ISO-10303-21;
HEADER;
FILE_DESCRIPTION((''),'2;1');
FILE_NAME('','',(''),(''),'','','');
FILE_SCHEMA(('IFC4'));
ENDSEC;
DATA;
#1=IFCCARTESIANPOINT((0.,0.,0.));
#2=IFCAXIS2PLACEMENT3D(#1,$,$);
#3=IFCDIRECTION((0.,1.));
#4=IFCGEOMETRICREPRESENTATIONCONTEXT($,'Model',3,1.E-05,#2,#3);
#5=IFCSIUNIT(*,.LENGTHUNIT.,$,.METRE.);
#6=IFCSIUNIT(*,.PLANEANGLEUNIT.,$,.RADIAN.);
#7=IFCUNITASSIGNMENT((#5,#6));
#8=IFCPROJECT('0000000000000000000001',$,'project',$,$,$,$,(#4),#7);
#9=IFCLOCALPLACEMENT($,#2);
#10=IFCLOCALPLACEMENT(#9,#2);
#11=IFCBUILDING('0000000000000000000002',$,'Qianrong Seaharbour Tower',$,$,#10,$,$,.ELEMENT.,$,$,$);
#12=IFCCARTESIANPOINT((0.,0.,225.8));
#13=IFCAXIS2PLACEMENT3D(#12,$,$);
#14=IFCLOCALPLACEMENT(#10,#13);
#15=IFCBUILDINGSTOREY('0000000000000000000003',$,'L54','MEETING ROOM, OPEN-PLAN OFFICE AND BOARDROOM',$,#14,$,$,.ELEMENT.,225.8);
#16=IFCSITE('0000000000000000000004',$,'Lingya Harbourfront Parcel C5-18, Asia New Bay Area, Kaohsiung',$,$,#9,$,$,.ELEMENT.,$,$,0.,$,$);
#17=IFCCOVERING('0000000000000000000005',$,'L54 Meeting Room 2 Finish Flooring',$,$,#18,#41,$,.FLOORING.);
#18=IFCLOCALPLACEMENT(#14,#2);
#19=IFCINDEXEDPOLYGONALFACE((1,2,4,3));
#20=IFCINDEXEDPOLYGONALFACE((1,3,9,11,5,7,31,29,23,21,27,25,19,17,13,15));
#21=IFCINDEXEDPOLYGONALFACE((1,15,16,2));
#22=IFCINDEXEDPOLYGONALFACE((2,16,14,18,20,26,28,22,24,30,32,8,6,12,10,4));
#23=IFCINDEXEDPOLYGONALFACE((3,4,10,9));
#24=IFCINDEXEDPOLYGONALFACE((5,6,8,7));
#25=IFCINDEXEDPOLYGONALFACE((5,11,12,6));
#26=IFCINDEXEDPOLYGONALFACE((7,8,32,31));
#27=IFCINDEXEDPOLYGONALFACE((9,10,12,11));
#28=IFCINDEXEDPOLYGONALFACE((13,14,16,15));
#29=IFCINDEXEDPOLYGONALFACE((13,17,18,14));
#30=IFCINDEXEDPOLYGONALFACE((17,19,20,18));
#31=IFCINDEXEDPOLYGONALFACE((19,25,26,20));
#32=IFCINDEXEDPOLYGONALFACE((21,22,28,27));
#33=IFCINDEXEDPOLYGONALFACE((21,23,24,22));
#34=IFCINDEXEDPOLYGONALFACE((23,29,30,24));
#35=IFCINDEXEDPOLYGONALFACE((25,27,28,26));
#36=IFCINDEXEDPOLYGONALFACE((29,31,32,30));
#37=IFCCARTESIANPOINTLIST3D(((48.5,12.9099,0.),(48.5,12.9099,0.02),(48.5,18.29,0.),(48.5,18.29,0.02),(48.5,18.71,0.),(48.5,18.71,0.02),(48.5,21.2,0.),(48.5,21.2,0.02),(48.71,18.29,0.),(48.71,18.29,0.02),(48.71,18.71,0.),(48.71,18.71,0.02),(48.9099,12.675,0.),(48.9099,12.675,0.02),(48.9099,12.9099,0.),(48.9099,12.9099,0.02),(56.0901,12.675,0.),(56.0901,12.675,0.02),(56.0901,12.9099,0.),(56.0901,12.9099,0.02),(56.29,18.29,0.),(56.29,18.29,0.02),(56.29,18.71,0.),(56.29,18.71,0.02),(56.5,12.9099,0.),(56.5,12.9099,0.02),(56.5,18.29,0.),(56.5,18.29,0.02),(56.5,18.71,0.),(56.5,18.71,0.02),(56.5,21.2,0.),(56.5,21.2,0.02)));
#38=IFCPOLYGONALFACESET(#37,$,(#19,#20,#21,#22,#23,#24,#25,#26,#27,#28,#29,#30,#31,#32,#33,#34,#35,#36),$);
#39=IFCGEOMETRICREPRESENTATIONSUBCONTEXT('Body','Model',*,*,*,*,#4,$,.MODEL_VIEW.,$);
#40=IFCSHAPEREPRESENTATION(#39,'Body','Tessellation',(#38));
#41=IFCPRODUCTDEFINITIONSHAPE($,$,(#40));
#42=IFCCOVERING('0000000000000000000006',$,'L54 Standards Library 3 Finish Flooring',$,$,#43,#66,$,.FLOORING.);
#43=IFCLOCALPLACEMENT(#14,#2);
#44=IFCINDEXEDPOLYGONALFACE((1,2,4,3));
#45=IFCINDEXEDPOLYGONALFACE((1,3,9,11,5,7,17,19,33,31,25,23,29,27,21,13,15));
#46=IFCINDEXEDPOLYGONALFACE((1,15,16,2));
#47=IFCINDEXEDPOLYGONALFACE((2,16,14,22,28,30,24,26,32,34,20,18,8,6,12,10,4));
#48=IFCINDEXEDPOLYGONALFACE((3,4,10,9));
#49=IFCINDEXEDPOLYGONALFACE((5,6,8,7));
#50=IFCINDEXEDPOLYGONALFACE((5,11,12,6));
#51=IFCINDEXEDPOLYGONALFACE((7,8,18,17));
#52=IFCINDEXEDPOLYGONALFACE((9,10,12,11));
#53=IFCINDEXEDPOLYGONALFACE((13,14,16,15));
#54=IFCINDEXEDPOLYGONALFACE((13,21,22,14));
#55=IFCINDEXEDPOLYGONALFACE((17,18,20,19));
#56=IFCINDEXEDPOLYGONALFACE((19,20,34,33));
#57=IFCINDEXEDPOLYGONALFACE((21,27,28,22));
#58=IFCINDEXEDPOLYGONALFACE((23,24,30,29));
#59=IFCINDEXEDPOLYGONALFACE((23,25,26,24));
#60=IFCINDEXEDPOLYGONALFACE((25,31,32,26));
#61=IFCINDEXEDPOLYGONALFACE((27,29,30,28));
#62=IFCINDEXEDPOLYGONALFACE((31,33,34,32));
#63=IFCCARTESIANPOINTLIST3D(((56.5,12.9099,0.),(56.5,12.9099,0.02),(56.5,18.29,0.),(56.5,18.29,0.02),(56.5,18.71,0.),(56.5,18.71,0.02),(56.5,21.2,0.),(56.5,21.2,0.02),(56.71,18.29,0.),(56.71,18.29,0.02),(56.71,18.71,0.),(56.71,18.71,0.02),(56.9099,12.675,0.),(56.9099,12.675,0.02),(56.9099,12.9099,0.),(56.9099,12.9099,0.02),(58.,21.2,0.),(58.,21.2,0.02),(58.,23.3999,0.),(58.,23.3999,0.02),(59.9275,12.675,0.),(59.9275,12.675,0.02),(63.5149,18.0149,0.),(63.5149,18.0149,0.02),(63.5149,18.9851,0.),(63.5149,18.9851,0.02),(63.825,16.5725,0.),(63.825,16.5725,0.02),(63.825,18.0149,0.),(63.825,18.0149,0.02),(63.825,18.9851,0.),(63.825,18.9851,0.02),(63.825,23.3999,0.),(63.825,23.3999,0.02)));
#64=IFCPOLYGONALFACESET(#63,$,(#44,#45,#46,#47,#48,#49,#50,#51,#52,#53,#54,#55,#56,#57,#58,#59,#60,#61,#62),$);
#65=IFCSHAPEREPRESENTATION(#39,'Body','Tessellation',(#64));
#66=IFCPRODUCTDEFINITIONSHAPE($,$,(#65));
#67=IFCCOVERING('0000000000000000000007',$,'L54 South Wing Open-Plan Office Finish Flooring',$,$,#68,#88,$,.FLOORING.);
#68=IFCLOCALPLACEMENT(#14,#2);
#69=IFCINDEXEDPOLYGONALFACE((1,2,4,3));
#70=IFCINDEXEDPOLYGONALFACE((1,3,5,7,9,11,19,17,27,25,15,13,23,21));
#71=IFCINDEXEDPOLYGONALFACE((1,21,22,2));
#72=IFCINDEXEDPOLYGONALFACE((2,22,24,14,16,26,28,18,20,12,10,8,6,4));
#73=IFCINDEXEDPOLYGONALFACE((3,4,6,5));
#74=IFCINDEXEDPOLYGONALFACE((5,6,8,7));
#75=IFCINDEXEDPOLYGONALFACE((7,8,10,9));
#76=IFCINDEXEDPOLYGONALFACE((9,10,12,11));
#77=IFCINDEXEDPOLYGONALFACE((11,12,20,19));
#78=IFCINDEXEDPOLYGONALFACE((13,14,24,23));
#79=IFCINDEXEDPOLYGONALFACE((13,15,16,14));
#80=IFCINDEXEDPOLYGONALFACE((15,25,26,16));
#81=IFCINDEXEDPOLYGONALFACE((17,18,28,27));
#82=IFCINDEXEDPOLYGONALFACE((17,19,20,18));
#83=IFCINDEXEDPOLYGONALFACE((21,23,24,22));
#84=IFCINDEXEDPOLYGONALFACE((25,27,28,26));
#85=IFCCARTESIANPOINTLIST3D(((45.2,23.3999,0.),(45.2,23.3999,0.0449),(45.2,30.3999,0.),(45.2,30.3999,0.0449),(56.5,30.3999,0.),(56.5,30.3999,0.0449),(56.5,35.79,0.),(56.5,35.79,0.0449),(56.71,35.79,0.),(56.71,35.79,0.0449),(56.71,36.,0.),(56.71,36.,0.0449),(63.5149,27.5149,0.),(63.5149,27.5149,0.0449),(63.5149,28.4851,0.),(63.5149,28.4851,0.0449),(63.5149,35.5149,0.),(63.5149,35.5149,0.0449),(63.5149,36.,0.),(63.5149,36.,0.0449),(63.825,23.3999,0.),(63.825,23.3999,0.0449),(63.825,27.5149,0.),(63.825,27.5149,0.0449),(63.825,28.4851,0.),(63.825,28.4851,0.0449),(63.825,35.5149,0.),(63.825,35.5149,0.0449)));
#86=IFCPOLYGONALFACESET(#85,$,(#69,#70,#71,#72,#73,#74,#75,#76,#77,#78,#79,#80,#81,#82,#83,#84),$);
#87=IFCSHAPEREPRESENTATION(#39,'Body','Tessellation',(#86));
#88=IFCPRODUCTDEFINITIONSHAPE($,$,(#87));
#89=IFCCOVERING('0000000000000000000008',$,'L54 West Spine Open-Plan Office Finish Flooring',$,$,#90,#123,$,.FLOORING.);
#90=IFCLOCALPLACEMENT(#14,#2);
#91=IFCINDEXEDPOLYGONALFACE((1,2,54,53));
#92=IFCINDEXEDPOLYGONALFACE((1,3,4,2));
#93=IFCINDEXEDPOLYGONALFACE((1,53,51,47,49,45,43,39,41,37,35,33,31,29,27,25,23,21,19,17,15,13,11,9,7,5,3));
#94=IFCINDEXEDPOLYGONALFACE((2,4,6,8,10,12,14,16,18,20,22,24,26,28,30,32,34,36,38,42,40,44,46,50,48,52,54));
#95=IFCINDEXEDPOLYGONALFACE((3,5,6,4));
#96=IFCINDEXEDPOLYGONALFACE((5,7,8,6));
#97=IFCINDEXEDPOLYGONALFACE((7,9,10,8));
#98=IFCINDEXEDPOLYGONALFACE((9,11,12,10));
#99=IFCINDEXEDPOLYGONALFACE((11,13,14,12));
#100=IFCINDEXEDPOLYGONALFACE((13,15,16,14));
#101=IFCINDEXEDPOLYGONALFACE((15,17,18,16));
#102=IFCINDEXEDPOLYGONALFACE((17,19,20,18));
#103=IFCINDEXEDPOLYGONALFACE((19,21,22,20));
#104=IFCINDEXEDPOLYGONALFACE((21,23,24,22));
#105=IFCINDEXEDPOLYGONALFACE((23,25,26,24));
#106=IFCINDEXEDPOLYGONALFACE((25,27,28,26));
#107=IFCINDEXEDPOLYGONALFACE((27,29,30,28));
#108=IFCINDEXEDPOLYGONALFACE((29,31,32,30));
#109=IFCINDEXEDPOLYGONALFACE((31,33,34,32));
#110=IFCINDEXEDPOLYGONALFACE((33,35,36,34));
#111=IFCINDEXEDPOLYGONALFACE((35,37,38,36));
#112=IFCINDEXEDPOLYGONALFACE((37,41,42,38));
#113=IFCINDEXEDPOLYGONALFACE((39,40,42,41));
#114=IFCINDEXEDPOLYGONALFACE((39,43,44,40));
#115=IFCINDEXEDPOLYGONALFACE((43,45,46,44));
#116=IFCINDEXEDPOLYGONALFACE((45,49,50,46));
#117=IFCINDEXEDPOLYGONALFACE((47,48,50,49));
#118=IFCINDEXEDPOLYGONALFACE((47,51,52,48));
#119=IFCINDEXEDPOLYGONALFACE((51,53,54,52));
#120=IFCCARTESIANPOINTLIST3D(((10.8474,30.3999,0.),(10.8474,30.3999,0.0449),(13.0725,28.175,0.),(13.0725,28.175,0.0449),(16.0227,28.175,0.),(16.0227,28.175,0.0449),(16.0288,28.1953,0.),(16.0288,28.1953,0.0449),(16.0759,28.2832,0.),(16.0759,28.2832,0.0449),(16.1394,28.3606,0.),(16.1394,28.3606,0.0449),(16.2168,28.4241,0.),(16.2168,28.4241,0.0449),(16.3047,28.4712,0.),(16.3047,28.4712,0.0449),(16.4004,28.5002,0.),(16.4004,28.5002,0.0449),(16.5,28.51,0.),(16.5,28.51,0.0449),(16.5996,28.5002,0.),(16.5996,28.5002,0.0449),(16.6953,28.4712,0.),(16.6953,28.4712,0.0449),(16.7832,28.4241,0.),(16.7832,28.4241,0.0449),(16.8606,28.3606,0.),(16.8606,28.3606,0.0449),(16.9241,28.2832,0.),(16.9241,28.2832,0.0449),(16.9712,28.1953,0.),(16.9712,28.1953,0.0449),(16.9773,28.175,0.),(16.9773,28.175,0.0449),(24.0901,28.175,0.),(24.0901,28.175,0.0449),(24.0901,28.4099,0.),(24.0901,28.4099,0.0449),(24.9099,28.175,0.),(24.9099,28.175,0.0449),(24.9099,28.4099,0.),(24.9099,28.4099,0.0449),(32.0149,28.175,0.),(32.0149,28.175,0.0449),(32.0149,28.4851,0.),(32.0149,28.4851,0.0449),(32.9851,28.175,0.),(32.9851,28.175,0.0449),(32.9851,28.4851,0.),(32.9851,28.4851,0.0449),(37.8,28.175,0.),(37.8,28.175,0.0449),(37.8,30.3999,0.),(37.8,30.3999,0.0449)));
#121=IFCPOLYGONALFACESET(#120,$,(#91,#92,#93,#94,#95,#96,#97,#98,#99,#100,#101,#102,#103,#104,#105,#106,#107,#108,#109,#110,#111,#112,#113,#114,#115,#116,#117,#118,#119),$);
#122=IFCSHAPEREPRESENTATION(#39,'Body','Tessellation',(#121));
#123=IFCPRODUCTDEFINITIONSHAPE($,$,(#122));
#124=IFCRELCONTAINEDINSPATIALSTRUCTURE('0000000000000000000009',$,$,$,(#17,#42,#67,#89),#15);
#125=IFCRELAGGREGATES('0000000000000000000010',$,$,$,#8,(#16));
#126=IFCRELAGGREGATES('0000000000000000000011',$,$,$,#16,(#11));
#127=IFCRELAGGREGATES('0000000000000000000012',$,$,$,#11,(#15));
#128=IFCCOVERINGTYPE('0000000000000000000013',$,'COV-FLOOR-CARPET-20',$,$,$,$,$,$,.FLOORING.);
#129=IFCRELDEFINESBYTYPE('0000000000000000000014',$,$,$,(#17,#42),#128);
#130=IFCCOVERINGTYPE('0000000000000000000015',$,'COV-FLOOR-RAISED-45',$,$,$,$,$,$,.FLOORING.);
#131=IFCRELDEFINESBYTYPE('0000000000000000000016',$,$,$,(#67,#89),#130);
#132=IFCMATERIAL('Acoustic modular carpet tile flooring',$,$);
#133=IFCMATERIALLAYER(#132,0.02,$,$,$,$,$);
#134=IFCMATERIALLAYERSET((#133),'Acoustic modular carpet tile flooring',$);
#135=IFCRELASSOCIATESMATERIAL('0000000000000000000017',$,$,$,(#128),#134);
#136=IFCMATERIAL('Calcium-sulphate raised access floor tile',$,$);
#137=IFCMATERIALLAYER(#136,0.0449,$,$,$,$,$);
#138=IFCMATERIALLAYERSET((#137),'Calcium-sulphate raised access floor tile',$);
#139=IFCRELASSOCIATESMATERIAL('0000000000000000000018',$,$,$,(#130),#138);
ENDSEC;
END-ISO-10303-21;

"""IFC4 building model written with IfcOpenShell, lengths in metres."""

from ifc_helpers import new_model, si_unit, direction, frame, origin, place, context, subcontext, project, spatial, polyline, outline, extrude, material, layer, layer_set, type_object, element, save


model = new_model("IFC4")

# Units and contexts
model_context = context("Model", 3, precision=1e-05, world=origin(), true_north=direction((0.0, 1.0)))
body_context = subcontext(model_context, "Body", "Model", "MODEL_VIEW")
ifc_project = project(units=[si_unit("LENGTHUNIT", "METRE"), si_unit("PLANEANGLEUNIT", "RADIAN")], contexts=[model_context])

# Site, building, storey
site_placement = place(None, origin())
site = spatial("IfcSite", under=ifc_project, at=site_placement, Name="Lingya Harbourfront Parcel C5-18, Asia New Bay Area, Kaohsiung", CompositionType="ELEMENT", RefElevation=0.0)
building_placement = place(site_placement, origin())
building = spatial("IfcBuilding", under=site, at=building_placement, Name="Qianrong Seaharbour Tower", CompositionType="ELEMENT")
storey_placement = place(building_placement, frame((0.0, 0.0, 225.8)))
storey = spatial("IfcBuildingStorey", under=building, at=storey_placement, Name="L54", Description="MEETING ROOM, OPEN-PLAN OFFICE AND BOARDROOM", CompositionType="ELEMENT", Elevation=225.8)

# Coverings
ifc_material_1 = material(Name="Acoustic modular carpet tile flooring")
ifc_layer_1 = layer(ifc_material_1, 0.02)
ifc_layer_set_1 = layer_set([ifc_layer_1], Name="Acoustic modular carpet tile flooring")
covering_type_1 = type_object("IfcCoveringType", Name="COV-FLOOR-CARPET-20", PredefinedType="FLOORING", material=ifc_layer_set_1)
covering_1_placement = place(storey_placement, origin())
element("IfcCovering", 1, at=covering_1_placement, inside=storey, type_object=covering_type_1, Name="L54 Meeting Room 2 Finish Flooring", PredefinedType="FLOORING", context=body_context, shape_type="SweptSolid", body=[
    extrude(outline(polyline([(48.9099, 12.675), (48.9099, 12.9099), (48.5, 12.9099), (48.5, 18.29), (48.71, 18.29), (48.71, 18.71), (48.5, 18.71), (48.5, 21.2), (56.5, 21.2), (56.5, 18.71), (56.29, 18.71), (56.29, 18.29), (56.5, 18.29), (56.5, 12.9099), (56.0901, 12.9099), (56.0901, 12.675), (48.9099, 12.675)])), origin(), (0.0, 0.0, 1.0), 0.02),
])
covering_2_placement = place(storey_placement, origin())
element("IfcCovering", 2, at=covering_2_placement, inside=storey, type_object=covering_type_1, Name="L54 Standards Library 3 Finish Flooring", PredefinedType="FLOORING", context=body_context, shape_type="SweptSolid", body=[
    extrude(outline(polyline([(59.9275, 12.675), (56.9099, 12.675), (56.9099, 12.9099), (56.5, 12.9099), (56.5, 18.29), (56.71, 18.29), (56.71, 18.71), (56.5, 18.71), (56.5, 21.2), (58.0, 21.2), (58.0, 23.3999), (63.825, 23.3999), (63.825, 18.9851), (63.5149, 18.9851), (63.5149, 18.0149), (63.825, 18.0149), (63.825, 16.5725), (59.9275, 12.675)])), origin(), (0.0, 0.0, 1.0), 0.02),
])
ifc_material_2 = material(Name="Calcium-sulphate raised access floor tile")
ifc_layer_2 = layer(ifc_material_2, 0.0449)
ifc_layer_set_2 = layer_set([ifc_layer_2], Name="Calcium-sulphate raised access floor tile")
covering_type_2 = type_object("IfcCoveringType", Name="COV-FLOOR-RAISED-45", PredefinedType="FLOORING", material=ifc_layer_set_2)
covering_3_placement = place(storey_placement, origin())
element("IfcCovering", 3, at=covering_3_placement, inside=storey, type_object=covering_type_2, Name="L54 South Wing Open-Plan Office Finish Flooring", PredefinedType="FLOORING", context=body_context, shape_type="SweptSolid", body=[
    extrude(outline(polyline([(56.5, 30.3999), (56.5, 35.79), (56.71, 35.79), (56.71, 36.0), (63.5149, 36.0), (63.5149, 35.5149), (63.825, 35.5149), (63.825, 28.4851), (63.5149, 28.4851), (63.5149, 27.5149), (63.825, 27.5149), (63.825, 23.3999), (45.2, 23.3999), (45.2, 30.3999), (56.5, 30.3999)])), origin(), (0.0, 0.0, 1.0), 0.0449),
])
covering_4_placement = place(storey_placement, origin())
element("IfcCovering", 4, at=covering_4_placement, inside=storey, type_object=covering_type_2, Name="L54 West Spine Open-Plan Office Finish Flooring", PredefinedType="FLOORING", context=body_context, shape_type="SweptSolid", body=[
    extrude(outline(polyline([(32.9851, 28.175), (32.9851, 28.4851), (32.0149, 28.4851), (32.0149, 28.175), (24.9099, 28.175), (24.9099, 28.4099), (24.0901, 28.4099), (24.0901, 28.175), (16.9773, 28.175), (16.9712, 28.1953), (16.9241, 28.2832), (16.8606, 28.3606), (16.7832, 28.4241), (16.6953, 28.4712), (16.5996, 28.5002), (16.5, 28.51), (16.4004, 28.5002), (16.3047, 28.4712), (16.2168, 28.4241), (16.1394, 28.3606), (16.0759, 28.2832), (16.0288, 28.1953), (16.0227, 28.175), (13.0725, 28.175), (10.8474, 30.3999), (37.8, 30.3999), (37.8, 28.175), (32.9851, 28.175)])), origin(), (0.0, 0.0, 1.0), 0.0449),
])

save(model, "model.ifc")
